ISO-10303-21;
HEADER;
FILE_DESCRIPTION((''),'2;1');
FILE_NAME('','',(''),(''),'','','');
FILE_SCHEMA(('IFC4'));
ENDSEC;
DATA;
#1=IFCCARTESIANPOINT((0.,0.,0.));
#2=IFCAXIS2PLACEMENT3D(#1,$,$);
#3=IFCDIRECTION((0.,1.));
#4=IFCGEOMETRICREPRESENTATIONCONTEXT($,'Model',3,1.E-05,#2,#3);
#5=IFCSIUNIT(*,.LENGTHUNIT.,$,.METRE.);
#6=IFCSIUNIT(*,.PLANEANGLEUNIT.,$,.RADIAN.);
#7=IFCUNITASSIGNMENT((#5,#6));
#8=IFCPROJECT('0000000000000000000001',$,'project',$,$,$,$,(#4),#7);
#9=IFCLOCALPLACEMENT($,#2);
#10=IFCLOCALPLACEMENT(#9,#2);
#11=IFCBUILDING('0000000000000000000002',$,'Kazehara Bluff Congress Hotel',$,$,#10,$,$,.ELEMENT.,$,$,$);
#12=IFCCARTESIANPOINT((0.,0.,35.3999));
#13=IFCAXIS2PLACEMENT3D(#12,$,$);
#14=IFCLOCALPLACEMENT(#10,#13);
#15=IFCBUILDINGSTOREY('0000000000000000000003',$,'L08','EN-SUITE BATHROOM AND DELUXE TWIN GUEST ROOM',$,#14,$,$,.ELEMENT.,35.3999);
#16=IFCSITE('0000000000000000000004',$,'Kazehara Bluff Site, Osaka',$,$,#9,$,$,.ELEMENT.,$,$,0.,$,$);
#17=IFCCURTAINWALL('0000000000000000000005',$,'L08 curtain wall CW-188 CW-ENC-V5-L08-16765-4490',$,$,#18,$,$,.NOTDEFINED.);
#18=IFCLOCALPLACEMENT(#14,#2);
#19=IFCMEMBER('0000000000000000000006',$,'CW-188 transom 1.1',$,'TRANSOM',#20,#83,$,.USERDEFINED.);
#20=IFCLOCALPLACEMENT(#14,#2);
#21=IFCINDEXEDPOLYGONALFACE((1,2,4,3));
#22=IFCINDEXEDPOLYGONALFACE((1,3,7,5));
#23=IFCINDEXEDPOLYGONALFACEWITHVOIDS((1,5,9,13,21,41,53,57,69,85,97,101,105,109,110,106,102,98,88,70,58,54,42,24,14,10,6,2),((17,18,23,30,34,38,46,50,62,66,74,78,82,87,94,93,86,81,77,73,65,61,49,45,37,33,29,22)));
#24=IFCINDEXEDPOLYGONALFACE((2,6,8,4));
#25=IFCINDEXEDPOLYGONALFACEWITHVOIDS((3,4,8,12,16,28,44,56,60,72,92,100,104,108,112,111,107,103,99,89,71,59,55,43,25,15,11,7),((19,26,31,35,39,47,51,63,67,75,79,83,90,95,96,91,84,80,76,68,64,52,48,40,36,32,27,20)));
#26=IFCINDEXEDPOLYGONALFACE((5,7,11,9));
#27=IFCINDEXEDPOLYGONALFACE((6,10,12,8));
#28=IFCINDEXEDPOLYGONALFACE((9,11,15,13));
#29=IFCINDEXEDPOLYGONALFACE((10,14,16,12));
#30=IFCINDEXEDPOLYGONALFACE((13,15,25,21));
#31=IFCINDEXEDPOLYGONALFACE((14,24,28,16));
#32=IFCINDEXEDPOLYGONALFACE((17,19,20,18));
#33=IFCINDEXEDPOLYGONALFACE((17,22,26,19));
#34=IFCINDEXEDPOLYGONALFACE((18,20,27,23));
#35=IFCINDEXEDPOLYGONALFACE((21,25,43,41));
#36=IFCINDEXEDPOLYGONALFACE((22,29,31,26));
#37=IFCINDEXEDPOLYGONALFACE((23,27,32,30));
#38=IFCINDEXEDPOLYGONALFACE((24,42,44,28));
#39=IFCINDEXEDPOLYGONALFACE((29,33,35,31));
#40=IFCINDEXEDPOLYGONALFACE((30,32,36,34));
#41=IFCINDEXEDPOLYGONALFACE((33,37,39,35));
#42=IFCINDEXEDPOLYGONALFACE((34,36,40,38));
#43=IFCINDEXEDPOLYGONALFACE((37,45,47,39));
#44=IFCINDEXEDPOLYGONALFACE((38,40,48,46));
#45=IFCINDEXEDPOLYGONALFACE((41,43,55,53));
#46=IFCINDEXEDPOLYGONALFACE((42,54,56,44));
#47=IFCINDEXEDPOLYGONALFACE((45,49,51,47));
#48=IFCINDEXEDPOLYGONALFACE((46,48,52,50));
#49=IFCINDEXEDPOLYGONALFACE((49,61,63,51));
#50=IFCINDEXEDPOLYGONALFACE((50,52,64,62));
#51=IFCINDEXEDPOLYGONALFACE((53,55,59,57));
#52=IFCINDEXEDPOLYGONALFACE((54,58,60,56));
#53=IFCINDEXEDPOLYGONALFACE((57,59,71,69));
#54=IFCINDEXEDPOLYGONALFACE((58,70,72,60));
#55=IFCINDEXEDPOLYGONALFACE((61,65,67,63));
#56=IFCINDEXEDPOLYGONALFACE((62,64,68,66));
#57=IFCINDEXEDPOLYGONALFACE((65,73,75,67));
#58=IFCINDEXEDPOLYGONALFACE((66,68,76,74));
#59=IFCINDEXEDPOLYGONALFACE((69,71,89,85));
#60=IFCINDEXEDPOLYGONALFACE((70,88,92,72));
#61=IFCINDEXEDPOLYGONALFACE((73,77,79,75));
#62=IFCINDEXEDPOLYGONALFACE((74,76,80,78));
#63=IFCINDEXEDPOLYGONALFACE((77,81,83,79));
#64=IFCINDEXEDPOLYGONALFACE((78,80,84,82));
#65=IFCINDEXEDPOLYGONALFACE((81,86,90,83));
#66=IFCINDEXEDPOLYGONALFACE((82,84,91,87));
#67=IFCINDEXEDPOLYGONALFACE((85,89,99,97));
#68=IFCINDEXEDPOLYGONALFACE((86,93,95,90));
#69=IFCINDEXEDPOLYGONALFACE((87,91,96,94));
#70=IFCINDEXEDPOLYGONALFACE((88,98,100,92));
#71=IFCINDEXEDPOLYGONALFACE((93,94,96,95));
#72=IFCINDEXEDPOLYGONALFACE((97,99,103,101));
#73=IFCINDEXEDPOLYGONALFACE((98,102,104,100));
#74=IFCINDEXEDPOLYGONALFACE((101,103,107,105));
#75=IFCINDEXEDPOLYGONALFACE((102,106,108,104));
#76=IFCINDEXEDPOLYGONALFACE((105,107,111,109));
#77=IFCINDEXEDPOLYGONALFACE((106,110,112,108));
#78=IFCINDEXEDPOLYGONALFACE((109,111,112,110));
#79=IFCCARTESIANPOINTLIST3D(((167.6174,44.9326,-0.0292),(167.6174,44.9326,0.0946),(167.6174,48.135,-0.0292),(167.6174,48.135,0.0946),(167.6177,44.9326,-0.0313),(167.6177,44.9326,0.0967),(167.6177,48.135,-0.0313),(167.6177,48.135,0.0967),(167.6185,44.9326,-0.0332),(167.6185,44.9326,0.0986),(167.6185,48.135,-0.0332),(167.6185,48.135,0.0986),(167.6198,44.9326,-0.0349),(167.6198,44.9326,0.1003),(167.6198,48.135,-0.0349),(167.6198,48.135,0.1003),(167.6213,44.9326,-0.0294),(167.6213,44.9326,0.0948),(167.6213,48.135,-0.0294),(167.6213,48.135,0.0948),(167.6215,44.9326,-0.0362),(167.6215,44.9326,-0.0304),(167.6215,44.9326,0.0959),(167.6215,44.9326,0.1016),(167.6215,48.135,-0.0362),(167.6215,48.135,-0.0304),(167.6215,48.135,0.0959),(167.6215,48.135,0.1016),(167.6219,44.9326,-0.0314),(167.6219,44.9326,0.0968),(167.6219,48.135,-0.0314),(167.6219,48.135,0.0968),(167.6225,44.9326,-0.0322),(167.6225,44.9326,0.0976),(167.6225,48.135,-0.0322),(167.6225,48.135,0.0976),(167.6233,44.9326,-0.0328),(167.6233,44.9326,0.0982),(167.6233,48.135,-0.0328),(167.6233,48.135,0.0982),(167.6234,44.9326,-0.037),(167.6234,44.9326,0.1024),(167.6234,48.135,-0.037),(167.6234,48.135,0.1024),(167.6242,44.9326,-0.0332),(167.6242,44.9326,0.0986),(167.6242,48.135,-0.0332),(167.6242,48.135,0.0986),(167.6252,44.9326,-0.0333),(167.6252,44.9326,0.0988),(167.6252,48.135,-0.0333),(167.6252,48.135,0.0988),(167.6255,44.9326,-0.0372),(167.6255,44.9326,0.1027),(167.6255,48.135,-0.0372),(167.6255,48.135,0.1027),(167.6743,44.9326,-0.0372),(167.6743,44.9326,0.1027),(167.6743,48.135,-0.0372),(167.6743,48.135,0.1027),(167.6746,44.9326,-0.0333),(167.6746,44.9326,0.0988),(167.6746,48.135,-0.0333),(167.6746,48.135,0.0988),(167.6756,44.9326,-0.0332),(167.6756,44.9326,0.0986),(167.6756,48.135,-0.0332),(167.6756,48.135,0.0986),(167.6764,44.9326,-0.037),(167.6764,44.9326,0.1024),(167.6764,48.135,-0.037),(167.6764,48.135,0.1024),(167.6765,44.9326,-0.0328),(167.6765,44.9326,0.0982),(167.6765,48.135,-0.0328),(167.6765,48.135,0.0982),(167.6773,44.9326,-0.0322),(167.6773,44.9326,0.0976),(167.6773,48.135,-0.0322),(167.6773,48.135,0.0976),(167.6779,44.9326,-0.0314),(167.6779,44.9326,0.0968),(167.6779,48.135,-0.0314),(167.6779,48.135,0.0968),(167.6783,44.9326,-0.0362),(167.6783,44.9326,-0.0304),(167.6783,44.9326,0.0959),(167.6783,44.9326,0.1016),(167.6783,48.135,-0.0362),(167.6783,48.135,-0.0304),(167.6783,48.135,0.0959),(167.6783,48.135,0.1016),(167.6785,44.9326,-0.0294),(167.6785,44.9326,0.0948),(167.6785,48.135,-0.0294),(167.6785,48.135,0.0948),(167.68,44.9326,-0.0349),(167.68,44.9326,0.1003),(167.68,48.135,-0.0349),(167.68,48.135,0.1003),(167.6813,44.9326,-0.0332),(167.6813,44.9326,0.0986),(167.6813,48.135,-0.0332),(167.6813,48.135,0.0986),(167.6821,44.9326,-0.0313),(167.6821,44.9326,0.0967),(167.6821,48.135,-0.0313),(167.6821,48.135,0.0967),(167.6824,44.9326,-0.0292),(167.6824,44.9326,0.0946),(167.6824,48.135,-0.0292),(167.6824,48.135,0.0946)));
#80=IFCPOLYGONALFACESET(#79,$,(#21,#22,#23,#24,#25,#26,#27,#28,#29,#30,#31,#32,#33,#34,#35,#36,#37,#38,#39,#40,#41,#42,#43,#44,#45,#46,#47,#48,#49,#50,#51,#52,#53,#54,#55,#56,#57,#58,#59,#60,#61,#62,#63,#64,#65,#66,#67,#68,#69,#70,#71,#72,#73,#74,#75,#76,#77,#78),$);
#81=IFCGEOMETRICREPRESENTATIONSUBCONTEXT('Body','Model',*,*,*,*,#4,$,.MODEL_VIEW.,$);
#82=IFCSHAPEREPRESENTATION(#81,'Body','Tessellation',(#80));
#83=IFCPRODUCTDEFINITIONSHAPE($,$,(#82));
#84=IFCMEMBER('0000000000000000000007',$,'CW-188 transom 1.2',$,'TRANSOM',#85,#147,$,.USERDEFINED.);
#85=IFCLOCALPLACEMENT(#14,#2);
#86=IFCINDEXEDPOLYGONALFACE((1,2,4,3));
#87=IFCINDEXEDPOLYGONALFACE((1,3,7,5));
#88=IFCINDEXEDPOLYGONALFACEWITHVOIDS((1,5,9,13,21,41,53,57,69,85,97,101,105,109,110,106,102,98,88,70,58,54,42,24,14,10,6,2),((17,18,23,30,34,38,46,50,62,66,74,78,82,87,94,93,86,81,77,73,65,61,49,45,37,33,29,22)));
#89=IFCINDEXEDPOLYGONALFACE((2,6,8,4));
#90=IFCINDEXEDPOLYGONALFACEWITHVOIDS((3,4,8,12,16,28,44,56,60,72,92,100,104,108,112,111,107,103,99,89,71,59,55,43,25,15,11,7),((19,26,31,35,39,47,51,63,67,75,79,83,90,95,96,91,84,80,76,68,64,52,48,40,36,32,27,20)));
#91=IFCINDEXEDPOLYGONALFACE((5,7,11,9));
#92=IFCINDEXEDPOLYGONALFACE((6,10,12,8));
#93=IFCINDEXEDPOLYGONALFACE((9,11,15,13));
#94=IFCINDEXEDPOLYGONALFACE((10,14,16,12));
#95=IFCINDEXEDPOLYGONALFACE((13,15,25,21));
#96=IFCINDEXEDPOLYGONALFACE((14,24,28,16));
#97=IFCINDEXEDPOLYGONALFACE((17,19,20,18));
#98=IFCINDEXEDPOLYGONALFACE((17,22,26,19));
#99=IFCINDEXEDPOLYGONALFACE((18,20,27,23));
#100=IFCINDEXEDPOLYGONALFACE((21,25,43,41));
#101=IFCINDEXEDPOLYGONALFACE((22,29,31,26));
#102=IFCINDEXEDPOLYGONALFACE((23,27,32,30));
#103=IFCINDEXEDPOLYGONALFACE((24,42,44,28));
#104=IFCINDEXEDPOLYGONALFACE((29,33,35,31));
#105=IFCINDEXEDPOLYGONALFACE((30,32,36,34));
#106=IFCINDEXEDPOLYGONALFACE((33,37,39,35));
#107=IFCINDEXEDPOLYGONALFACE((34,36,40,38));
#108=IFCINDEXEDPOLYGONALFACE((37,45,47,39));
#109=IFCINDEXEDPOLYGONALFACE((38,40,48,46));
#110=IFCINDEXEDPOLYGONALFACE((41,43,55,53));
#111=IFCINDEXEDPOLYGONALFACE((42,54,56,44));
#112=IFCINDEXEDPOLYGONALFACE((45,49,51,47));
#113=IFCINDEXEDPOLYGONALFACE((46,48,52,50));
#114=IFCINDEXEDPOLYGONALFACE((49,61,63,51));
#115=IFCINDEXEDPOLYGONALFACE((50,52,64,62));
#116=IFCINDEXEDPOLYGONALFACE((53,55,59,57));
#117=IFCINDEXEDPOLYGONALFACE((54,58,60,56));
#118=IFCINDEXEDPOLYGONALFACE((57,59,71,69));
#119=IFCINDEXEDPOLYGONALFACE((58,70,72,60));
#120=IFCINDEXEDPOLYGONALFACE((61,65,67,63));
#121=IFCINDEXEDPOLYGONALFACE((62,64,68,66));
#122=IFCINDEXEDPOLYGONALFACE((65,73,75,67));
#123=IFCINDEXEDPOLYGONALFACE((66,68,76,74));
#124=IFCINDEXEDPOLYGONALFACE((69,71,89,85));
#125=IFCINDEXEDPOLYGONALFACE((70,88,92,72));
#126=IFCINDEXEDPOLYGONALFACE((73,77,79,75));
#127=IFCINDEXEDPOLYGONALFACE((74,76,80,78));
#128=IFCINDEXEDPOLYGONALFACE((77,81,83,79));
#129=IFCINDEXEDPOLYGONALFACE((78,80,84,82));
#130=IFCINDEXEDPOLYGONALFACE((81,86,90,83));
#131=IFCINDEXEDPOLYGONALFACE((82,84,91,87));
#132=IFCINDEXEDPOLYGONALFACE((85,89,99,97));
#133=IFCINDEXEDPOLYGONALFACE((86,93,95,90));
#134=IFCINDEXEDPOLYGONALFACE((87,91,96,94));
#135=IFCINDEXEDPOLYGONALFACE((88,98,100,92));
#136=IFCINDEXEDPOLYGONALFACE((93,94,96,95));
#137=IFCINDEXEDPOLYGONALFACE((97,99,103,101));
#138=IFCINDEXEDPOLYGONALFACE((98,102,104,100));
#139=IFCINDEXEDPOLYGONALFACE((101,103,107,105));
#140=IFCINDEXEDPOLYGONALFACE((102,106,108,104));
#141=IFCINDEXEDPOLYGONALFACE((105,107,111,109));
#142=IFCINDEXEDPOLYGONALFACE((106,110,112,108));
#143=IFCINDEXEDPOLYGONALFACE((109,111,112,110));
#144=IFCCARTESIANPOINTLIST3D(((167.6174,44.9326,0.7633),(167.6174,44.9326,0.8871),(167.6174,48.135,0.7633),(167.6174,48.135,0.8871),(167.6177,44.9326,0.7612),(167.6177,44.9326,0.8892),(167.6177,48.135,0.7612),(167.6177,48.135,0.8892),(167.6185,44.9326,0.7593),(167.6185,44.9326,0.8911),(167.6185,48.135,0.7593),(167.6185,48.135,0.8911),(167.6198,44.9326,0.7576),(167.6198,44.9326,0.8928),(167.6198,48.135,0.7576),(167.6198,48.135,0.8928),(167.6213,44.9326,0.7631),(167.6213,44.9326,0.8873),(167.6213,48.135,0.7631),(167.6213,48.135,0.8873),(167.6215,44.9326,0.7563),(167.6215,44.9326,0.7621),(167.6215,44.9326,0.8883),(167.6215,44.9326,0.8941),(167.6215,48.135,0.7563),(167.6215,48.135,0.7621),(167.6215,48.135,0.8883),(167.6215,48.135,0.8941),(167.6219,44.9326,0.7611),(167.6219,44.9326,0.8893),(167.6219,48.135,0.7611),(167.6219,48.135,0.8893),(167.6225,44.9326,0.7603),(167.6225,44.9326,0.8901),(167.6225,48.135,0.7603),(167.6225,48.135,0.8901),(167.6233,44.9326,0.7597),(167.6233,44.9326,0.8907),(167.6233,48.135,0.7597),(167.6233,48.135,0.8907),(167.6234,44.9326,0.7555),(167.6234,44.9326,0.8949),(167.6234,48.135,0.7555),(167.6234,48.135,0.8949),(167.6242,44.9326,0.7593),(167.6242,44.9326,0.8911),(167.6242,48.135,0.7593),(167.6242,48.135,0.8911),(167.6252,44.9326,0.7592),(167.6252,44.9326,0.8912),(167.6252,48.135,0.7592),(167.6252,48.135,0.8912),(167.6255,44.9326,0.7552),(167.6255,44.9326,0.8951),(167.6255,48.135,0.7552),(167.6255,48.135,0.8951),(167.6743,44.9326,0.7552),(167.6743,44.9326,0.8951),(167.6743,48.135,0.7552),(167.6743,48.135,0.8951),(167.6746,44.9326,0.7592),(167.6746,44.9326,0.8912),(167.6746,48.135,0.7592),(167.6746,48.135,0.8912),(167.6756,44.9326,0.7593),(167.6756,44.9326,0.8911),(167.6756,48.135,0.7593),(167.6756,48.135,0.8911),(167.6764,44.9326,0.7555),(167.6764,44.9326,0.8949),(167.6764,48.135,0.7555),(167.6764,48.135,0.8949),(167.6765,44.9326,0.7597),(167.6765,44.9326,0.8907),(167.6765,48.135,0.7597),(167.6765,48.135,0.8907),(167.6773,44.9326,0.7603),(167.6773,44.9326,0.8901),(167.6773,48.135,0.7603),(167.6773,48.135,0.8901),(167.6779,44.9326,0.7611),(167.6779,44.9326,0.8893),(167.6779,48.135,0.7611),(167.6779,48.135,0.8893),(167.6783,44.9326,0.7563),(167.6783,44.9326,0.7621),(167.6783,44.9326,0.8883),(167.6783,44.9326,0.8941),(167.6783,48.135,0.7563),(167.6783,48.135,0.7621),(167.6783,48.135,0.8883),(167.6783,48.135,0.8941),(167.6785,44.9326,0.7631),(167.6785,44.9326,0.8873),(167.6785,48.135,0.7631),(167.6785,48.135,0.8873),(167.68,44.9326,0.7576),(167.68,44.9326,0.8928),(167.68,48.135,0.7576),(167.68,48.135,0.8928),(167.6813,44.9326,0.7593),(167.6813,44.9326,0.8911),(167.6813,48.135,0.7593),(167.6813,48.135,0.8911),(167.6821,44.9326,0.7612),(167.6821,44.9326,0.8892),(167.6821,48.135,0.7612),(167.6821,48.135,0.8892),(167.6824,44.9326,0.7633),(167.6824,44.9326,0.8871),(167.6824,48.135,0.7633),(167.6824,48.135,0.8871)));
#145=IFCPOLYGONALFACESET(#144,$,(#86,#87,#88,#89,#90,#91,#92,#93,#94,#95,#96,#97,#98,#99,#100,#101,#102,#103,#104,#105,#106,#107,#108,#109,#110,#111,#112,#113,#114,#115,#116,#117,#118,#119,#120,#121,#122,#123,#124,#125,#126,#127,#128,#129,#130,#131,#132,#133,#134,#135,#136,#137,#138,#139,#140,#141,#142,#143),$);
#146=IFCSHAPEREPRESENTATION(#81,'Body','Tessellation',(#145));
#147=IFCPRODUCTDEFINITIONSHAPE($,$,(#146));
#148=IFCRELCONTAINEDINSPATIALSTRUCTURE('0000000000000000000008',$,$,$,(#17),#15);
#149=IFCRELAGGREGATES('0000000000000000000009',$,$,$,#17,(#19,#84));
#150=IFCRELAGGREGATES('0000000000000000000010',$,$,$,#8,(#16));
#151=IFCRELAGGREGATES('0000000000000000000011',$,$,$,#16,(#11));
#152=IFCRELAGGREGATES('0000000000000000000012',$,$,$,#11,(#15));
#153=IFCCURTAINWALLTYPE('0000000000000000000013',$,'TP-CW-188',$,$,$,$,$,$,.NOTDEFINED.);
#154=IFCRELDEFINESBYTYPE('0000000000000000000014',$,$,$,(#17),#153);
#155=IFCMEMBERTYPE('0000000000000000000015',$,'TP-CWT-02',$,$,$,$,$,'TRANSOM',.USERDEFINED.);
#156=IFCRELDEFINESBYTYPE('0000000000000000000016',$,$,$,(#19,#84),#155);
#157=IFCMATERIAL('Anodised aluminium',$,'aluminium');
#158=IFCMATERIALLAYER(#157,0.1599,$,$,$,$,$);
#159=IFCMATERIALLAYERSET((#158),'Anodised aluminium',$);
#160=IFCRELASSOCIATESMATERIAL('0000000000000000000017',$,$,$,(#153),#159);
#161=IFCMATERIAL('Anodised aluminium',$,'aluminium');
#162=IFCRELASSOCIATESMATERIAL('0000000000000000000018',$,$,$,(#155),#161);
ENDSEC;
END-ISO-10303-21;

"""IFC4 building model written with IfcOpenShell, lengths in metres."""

from ifc_helpers import new_model, si_unit, direction, frame, origin, origin_2d, place, context, subcontext, project, spatial, hollow_rectangle, extrude, material, layer, layer_set, material_profile, profile_set, type_object, element, aggregate, save


model = new_model("IFC4")

# Units and contexts
model_context = context("Model", 3, precision=1e-05, world=origin(), true_north=direction((0.0, 1.0)))
body_context = subcontext(model_context, "Body", "Model", "MODEL_VIEW")
ifc_project = project(units=[si_unit("LENGTHUNIT", "METRE"), si_unit("PLANEANGLEUNIT", "RADIAN")], contexts=[model_context])

# Site, building, storey
site_placement = place(None, origin())
site = spatial("IfcSite", under=ifc_project, at=site_placement, Name="Kazehara Bluff Site, Osaka", CompositionType="ELEMENT", RefElevation=0.0)
building_placement = place(site_placement, origin())
building = spatial("IfcBuilding", under=site, at=building_placement, Name="Kazehara Bluff Congress Hotel", CompositionType="ELEMENT")
storey_placement = place(building_placement, frame((0.0, 0.0, 35.3999)))
storey = spatial("IfcBuildingStorey", under=building, at=storey_placement, Name="L08", Description="EN-SUITE BATHROOM AND DELUXE TWIN GUEST ROOM", CompositionType="ELEMENT", Elevation=35.3999)

# Curtain wall, members
ifc_material_1 = material(Name="Anodised aluminium", Category="aluminium")
ifc_layer_1 = layer(ifc_material_1, 0.1599)
ifc_layer_set_1 = layer_set([ifc_layer_1], Name="Anodised aluminium")
curtain_wall_type = type_object("IfcCurtainWallType", Name="TP-CW-188", PredefinedType="NOTDEFINED", material=ifc_layer_set_1)
curtain_wall_placement = place(storey_placement, origin())
curtain_wall = element("IfcCurtainWall", 1, at=curtain_wall_placement, inside=storey, type_object=curtain_wall_type, Name="L08 curtain wall CW-188 CW-ENC-V5-L08-16765-4490", PredefinedType="NOTDEFINED")
ifc_material_2 = material(Name="Anodised aluminium", Category="aluminium")
ifc_material_profile_1 = material_profile(ifc_material_2, hollow_rectangle(XDim=0.0649, YDim=0.1399, WallThickness=0.0039, InnerFilletRadius=0.0039, OuterFilletRadius=0.0081, at=origin_2d()))
ifc_profile_set_1 = profile_set([ifc_material_profile_1], Name="Anodised aluminium")
member_type_1 = type_object("IfcMemberType", Name="TP-CWT-02", ElementType="TRANSOM", PredefinedType="USERDEFINED", material=ifc_profile_set_1)
member_1_placement = place(storey_placement, frame((167.6499, 48.135, 0.0327), z_axis=(0.0, -1.0, 0.0), x_axis=(1.0, 0.0, 0.0)))
member_1 = element("IfcMember", 2, at=member_1_placement, type_object=member_type_1, Name="CW-188 transom 1.1", ObjectType="TRANSOM", PredefinedType="USERDEFINED", context=body_context, shape_type="SweptSolid", body=[
    extrude(hollow_rectangle(XDim=0.0649, YDim=0.1399, WallThickness=0.0039, InnerFilletRadius=0.0039, OuterFilletRadius=0.0081, at=origin_2d()), origin(), (0.0, 0.0, 1.0), 3.2024),
])
member_2_placement = place(storey_placement, frame((167.6499, 48.135, 0.8252), z_axis=(0.0, -1.0, 0.0), x_axis=(1.0, 0.0, 0.0)))
member_2 = element("IfcMember", 3, at=member_2_placement, type_object=member_type_1, Name="CW-188 transom 1.2", ObjectType="TRANSOM", PredefinedType="USERDEFINED", context=body_context, shape_type="SweptSolid", body=[
    extrude(hollow_rectangle(XDim=0.0649, YDim=0.1399, WallThickness=0.0039, InnerFilletRadius=0.0039, OuterFilletRadius=0.0081, at=origin_2d()), origin(), (0.0, 0.0, 1.0), 3.2024),
])
aggregate(curtain_wall, [member_1, member_2])

save(model, "model.ifc")
